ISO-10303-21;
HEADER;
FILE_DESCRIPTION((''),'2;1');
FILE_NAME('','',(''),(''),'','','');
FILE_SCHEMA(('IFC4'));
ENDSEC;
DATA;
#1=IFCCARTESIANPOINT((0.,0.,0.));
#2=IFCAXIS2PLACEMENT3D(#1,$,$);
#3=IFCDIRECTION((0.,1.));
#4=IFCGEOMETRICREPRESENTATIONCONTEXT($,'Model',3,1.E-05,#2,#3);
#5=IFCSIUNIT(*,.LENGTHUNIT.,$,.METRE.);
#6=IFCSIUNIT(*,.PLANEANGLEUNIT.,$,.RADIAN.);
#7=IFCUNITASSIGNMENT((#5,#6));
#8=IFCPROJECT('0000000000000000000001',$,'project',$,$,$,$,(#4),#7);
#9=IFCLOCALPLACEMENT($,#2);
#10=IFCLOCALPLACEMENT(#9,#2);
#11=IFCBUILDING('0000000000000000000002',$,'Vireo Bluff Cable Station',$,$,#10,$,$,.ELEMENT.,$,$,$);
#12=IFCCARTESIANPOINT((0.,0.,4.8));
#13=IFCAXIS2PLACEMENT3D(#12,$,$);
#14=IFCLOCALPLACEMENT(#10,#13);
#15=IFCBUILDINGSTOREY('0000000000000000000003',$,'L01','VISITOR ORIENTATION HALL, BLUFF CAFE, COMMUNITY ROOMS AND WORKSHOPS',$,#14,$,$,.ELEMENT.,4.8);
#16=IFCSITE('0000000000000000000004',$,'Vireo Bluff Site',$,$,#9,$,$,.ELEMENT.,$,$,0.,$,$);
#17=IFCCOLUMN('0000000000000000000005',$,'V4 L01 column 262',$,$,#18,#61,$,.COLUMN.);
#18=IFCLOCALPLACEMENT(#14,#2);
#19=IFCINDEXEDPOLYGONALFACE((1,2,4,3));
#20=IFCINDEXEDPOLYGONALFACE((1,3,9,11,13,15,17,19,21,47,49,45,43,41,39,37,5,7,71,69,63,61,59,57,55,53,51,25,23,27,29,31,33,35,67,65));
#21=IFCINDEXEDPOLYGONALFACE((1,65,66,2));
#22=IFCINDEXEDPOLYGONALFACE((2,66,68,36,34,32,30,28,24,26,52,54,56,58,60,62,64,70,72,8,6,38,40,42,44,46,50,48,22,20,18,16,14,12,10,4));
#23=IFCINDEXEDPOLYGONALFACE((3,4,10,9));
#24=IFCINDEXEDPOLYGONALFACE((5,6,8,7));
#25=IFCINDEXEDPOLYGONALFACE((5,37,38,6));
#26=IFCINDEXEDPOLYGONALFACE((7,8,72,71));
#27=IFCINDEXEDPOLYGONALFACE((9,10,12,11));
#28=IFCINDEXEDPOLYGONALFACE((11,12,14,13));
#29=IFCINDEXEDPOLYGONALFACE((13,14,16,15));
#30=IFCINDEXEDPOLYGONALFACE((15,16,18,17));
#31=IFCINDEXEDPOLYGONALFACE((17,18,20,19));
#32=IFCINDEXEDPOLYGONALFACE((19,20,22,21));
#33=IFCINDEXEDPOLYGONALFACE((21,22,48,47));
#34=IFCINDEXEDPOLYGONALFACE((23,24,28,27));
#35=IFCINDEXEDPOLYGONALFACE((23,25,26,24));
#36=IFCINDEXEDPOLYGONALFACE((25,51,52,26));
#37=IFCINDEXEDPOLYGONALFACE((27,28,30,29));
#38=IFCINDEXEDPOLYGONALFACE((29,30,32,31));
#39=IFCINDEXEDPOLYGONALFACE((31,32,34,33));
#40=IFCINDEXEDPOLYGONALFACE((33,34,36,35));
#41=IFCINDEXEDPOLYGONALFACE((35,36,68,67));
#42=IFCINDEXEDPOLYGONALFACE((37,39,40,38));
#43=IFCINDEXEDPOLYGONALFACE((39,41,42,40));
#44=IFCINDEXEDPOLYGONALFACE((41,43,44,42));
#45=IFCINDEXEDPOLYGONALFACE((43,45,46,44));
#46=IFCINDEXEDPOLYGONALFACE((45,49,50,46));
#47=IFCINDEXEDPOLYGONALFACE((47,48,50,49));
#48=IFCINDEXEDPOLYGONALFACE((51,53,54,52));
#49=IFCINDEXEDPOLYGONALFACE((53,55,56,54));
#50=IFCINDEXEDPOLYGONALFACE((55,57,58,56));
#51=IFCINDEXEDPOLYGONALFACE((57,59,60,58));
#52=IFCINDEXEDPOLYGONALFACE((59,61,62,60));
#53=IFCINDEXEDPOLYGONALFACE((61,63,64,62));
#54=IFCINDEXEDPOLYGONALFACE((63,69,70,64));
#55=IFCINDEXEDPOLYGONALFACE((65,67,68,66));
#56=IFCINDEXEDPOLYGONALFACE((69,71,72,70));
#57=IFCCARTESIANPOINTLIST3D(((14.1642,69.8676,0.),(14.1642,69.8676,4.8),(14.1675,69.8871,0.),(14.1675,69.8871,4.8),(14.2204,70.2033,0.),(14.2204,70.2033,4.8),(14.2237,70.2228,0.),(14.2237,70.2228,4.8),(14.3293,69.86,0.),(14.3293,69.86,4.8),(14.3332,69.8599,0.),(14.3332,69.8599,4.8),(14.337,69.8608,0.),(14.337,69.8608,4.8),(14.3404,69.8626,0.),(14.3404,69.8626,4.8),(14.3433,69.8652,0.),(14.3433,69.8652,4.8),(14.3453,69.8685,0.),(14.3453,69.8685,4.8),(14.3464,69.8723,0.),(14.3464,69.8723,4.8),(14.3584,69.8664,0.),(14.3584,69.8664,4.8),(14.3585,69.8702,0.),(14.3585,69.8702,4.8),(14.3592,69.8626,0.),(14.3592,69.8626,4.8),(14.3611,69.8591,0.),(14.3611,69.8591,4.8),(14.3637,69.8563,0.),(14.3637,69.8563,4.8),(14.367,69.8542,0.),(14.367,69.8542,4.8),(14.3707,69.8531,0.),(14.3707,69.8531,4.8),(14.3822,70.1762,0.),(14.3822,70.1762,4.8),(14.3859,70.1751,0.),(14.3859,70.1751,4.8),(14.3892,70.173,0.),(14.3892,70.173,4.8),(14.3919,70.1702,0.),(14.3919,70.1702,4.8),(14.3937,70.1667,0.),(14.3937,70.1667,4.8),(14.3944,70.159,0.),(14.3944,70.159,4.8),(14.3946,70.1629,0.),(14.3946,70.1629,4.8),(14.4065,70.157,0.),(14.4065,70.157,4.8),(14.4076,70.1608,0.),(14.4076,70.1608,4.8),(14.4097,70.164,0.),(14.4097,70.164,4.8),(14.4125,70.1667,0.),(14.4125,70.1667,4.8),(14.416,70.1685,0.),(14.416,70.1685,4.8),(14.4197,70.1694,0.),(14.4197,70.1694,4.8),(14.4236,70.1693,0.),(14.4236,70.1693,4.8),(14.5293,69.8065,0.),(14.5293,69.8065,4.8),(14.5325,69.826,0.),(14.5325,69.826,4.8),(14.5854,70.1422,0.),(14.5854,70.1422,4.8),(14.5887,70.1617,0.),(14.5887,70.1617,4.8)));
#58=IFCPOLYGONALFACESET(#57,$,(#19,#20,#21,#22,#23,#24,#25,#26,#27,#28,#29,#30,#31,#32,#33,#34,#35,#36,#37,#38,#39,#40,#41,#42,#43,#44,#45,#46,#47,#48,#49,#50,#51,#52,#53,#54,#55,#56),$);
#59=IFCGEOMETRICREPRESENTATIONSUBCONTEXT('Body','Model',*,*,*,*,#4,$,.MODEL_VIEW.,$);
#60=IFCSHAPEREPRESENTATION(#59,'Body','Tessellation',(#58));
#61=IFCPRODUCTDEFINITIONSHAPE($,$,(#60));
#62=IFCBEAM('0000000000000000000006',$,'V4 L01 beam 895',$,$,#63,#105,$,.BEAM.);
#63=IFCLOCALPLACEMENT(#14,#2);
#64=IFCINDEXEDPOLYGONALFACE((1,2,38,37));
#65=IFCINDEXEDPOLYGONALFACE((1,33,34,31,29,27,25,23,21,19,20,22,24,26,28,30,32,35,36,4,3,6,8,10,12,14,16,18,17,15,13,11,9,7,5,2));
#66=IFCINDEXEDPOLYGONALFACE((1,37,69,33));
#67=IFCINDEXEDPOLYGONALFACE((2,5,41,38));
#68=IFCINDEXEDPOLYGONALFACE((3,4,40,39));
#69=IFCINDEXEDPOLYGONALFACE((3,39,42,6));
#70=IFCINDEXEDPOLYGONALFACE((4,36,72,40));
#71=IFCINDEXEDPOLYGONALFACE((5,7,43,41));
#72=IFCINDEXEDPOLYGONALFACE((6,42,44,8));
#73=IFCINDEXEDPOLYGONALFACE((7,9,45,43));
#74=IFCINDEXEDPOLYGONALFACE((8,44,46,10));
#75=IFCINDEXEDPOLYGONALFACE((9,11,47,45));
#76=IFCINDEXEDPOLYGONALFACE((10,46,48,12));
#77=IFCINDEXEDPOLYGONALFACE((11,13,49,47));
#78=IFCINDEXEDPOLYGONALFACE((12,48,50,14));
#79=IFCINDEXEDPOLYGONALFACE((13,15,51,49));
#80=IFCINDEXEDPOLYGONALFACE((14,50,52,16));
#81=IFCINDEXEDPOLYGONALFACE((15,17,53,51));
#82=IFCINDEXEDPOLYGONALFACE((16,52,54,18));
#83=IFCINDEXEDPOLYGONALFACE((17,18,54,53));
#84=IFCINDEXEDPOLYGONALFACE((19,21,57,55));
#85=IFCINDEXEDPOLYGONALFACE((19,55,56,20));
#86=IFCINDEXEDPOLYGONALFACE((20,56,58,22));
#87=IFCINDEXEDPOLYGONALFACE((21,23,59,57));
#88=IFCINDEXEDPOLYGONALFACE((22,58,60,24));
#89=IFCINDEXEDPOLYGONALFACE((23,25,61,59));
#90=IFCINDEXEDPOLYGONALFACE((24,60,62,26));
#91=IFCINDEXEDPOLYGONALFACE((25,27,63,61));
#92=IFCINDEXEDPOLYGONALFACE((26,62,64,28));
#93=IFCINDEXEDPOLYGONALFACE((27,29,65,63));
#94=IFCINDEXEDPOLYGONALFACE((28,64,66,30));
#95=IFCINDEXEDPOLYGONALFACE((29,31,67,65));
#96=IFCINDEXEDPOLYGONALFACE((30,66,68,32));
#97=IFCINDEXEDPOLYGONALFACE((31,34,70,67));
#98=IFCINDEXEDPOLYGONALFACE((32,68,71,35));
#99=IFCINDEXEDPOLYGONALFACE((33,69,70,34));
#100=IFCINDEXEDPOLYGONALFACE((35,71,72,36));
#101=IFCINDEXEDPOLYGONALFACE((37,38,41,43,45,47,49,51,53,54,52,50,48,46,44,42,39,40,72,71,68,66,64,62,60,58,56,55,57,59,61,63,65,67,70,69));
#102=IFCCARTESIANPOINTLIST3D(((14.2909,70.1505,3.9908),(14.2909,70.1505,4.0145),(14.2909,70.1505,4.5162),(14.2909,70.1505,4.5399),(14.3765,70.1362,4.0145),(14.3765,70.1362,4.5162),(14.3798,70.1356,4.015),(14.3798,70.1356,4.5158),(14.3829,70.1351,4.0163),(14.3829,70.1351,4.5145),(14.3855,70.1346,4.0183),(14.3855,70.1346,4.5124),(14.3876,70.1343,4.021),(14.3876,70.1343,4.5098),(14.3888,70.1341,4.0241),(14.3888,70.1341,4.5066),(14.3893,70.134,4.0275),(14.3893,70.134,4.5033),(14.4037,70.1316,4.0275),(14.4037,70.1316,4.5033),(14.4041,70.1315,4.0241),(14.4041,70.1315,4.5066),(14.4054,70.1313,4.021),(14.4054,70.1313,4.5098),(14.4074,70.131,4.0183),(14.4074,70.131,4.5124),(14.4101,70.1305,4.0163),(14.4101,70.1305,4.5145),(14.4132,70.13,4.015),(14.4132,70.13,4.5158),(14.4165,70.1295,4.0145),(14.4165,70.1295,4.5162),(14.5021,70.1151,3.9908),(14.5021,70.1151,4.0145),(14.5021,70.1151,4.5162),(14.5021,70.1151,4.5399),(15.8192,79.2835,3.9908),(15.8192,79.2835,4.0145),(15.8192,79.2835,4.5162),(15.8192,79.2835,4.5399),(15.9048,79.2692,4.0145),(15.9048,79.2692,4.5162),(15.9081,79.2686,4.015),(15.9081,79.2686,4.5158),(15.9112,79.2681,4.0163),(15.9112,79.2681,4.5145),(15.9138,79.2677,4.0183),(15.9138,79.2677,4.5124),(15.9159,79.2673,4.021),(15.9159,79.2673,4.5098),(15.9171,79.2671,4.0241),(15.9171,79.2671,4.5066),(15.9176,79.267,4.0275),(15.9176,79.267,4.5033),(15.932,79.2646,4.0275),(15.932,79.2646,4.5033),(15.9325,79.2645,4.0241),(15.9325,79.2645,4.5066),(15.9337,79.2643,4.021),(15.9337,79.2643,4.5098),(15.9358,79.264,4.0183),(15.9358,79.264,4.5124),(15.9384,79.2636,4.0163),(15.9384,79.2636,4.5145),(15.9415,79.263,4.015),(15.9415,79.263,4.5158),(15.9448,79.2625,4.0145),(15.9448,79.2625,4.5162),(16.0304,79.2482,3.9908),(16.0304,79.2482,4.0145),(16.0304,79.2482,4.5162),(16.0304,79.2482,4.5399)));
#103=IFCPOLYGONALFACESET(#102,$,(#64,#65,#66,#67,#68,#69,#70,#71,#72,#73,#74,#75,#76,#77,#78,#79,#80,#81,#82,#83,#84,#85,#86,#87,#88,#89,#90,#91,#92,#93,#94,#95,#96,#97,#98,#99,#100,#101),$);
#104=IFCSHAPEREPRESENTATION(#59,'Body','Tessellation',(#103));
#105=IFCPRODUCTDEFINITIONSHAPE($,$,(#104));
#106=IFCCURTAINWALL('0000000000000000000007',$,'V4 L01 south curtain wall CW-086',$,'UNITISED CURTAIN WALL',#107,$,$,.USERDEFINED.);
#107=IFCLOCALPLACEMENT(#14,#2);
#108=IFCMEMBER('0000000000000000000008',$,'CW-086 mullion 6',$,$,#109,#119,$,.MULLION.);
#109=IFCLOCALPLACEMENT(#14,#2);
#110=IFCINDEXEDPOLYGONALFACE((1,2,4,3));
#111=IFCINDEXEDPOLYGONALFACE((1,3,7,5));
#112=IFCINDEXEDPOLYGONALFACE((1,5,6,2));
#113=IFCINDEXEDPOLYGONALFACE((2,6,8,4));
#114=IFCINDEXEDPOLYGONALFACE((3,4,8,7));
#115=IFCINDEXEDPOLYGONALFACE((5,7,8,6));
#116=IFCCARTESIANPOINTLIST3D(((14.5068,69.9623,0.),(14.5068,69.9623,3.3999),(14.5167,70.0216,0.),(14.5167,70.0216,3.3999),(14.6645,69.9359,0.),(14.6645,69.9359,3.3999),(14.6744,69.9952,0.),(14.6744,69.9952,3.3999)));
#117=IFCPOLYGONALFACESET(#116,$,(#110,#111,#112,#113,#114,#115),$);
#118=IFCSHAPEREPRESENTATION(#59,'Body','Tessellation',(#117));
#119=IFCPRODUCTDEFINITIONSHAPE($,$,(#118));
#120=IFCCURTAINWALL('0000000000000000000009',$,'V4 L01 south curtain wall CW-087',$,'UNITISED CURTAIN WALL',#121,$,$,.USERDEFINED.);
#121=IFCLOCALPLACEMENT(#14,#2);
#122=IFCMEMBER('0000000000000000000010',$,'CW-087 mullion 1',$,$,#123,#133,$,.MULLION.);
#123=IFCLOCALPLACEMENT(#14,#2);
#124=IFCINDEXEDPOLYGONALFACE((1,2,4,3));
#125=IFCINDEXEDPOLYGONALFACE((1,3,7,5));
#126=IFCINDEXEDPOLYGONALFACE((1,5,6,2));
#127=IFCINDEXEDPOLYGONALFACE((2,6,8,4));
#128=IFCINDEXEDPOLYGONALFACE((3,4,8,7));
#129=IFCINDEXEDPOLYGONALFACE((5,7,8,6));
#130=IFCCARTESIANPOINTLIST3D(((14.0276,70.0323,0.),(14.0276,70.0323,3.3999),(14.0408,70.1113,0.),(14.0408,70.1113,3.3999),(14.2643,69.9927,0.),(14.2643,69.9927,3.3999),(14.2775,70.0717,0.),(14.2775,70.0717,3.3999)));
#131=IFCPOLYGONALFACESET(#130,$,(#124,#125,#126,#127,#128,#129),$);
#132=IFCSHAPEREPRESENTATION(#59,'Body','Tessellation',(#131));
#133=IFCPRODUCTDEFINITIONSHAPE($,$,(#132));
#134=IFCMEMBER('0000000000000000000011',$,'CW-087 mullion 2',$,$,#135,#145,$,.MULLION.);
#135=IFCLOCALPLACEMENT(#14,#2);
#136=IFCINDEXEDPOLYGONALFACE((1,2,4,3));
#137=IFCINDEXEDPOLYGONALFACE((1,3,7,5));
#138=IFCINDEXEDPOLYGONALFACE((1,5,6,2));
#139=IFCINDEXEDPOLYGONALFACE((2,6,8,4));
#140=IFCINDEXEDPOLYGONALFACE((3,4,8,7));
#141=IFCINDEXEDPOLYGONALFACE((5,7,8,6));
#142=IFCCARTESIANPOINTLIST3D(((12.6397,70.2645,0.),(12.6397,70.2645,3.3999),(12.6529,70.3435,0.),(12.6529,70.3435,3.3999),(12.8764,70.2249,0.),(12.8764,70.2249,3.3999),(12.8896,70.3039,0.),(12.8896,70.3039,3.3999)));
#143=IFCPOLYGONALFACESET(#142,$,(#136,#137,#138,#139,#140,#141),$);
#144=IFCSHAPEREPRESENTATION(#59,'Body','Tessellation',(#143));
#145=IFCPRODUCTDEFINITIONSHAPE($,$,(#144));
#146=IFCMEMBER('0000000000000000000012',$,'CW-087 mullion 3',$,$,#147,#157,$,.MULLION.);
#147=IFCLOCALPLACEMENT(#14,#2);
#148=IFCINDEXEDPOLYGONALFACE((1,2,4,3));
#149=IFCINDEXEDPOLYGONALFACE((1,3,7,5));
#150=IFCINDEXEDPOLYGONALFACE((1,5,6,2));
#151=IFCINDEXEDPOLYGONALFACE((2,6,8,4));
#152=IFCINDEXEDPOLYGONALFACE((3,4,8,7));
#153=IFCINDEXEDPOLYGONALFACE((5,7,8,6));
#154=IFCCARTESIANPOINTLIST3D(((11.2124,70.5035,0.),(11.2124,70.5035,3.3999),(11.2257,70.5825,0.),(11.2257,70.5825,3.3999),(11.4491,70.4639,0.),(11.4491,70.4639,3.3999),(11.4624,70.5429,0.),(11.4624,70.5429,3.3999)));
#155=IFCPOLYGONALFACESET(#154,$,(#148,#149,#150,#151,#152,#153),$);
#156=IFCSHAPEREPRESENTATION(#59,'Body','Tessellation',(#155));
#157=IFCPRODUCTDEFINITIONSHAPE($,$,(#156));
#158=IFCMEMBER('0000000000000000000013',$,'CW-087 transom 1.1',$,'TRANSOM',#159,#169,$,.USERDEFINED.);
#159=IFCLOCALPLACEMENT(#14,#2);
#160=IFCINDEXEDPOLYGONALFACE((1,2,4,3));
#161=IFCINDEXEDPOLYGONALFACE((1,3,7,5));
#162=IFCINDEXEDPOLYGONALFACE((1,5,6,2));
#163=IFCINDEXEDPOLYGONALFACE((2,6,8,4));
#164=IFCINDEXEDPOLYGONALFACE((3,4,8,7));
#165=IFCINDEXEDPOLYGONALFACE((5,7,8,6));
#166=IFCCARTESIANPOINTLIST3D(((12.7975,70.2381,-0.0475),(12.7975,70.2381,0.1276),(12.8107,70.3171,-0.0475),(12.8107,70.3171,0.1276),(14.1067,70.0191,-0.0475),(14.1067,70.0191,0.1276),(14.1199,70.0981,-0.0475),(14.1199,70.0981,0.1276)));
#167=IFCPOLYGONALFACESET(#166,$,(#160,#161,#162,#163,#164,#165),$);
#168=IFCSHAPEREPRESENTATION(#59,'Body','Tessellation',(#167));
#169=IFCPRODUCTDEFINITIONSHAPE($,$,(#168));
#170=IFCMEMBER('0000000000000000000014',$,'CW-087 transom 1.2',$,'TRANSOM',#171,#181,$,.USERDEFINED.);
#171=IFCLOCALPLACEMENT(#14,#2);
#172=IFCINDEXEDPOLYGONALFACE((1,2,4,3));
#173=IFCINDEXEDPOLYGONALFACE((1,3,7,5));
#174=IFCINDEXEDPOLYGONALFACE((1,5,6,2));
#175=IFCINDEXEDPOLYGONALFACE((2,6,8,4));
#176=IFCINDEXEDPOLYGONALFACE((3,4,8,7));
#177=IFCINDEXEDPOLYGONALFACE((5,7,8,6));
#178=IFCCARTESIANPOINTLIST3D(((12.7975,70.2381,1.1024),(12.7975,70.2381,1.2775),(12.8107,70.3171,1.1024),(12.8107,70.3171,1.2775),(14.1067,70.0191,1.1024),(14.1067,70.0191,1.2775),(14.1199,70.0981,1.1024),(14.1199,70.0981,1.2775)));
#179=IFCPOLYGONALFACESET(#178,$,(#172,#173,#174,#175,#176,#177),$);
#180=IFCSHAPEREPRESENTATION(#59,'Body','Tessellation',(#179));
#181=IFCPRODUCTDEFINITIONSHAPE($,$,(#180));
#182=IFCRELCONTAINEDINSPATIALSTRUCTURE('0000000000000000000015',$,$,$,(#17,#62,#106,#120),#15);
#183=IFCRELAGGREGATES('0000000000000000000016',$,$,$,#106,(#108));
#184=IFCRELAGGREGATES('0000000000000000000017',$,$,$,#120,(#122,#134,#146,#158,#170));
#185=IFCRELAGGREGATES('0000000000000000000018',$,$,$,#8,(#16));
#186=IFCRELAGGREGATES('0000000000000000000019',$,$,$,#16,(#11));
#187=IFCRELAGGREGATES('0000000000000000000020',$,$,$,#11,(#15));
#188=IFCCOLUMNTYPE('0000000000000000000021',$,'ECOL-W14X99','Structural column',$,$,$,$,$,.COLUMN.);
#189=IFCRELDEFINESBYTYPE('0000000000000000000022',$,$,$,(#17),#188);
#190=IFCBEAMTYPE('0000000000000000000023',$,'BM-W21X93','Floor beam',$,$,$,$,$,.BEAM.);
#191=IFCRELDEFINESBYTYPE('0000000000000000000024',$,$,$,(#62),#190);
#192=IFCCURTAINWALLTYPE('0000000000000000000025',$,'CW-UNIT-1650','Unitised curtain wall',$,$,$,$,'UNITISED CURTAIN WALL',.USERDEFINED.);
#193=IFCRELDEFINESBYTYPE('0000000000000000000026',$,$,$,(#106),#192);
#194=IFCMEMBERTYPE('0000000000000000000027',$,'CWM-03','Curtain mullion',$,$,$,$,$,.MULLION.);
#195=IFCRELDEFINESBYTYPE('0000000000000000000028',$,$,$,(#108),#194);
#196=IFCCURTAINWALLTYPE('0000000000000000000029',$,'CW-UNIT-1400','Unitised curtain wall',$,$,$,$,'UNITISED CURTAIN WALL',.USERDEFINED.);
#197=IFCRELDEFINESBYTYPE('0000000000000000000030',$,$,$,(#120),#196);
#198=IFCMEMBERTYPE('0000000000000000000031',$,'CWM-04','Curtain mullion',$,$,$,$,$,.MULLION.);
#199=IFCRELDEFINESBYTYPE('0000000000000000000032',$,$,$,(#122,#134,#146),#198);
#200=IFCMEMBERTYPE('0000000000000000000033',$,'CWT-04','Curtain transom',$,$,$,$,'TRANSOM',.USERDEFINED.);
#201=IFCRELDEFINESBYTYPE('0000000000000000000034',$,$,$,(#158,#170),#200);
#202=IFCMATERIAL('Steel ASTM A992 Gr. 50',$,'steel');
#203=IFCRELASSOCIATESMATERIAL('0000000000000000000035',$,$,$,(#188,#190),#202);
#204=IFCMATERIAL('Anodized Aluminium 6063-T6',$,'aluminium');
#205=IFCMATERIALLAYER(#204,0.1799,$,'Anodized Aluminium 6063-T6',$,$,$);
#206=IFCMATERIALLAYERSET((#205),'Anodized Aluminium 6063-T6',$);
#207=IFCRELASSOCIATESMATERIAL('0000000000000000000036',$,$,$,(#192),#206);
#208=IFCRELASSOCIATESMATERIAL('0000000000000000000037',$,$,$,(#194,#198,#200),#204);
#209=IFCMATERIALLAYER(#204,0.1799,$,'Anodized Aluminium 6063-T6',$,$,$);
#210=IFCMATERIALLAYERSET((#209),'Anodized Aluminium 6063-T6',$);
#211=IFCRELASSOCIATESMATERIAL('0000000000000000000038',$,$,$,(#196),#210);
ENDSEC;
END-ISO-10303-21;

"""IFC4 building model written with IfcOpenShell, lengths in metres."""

from ifc_helpers import new_model, si_unit, direction, frame, origin, origin_2d, place, context, subcontext, project, spatial, rectangle, i_section, extrude, material, layer, layer_set, material_profile, profile_set, type_object, element, aggregate, save


model = new_model("IFC4")

# Units and contexts
model_context = context("Model", 3, precision=1e-05, world=origin(), true_north=direction((0.0, 1.0)))
body_context = subcontext(model_context, "Body", "Model", "MODEL_VIEW")
ifc_project = project(units=[si_unit("LENGTHUNIT", "METRE"), si_unit("PLANEANGLEUNIT", "RADIAN")], contexts=[model_context])

# Site, building, storey
site_placement = place(None, origin())
site = spatial("IfcSite", under=ifc_project, at=site_placement, Name="Vireo Bluff Site", CompositionType="ELEMENT", RefElevation=0.0)
building_placement = place(site_placement, origin())
building = spatial("IfcBuilding", under=site, at=building_placement, Name="Vireo Bluff Cable Station", CompositionType="ELEMENT")
storey_placement = place(building_placement, frame((0.0, 0.0, 4.8)))
storey = spatial("IfcBuildingStorey", under=building, at=storey_placement, Name="L01", Description="VISITOR ORIENTATION HALL, BLUFF CAFE, COMMUNITY ROOMS AND WORKSHOPS", CompositionType="ELEMENT", Elevation=4.8)

# Column
ifc_material_1 = material(Name="Steel ASTM A992 Gr. 50", Category="steel")
ifc_material_profile_1 = material_profile(ifc_material_1, i_section(OverallWidth=0.3701, OverallDepth=0.3601, WebThickness=0.0122, FlangeThickness=0.0198, FilletRadius=0.0149, at=origin_2d()), Name="W14X99")
ifc_profile_set_1 = profile_set([ifc_material_profile_1], Name="Steel ASTM A992 Gr. 50")
column_type = type_object("IfcColumnType", Name="ECOL-W14X99", Description="Structural column", PredefinedType="COLUMN", material=ifc_profile_set_1)
column_placement = place(storey_placement, frame((14.3765, 70.0146, 0.0), z_axis=(0.0, 0.0, 1.0), x_axis=(0.986286, -0.165048, 0.0)))
element("IfcColumn", 1, at=column_placement, inside=storey, type_object=column_type, Name="V4 L01 column 262", PredefinedType="COLUMN", context=body_context, shape_type="SweptSolid", body=[
    extrude(i_section(OverallWidth=0.3701, OverallDepth=0.3601, WebThickness=0.0122, FlangeThickness=0.0198, FilletRadius=0.0149, at=origin_2d()), origin(), (0.0, 0.0, 1.0), 4.8),
])

# Beam
ifc_material_profile_2 = material_profile(ifc_material_1, i_section(OverallWidth=0.2141, OverallDepth=0.5491, WebThickness=0.0146, FlangeThickness=0.0237, FilletRadius=0.0129, at=origin_2d()), Name="W21X93")
ifc_profile_set_2 = profile_set([ifc_material_profile_2], Name="Steel ASTM A992 Gr. 50")
beam_type_1 = type_object("IfcBeamType", Name="BM-W21X93", Description="Floor beam", PredefinedType="BEAM", material=ifc_profile_set_2)
beam_1_placement = place(storey_placement, frame((14.3965, 70.1328, 4.2654), z_axis=(0.165045, 0.986286, 0.0), x_axis=(-0.986286, 0.165045, 0.0)))
element("IfcBeam", 2, at=beam_1_placement, inside=storey, type_object=beam_type_1, Name="V4 L01 beam 895", PredefinedType="BEAM", context=body_context, shape_type="SweptSolid", body=[
    extrude(i_section(OverallWidth=0.2141, OverallDepth=0.5491, WebThickness=0.0146, FlangeThickness=0.0237, FilletRadius=0.0129, at=origin_2d()), origin(), (0.0, 0.0, 1.0), 9.26),
])

# Curtain wall, member
ifc_material_2 = material(Name="Anodized Aluminium 6063-T6", Category="aluminium")
ifc_layer_1 = layer(ifc_material_2, 0.1799, Name="Anodized Aluminium 6063-T6")
ifc_layer_set_1 = layer_set([ifc_layer_1], Name="Anodized Aluminium 6063-T6")
curtain_wall_type_1 = type_object("IfcCurtainWallType", Name="CW-UNIT-1650", Description="Unitised curtain wall", ElementType="UNITISED CURTAIN WALL", PredefinedType="USERDEFINED", material=ifc_layer_set_1)
curtain_wall_1_placement = place(storey_placement, origin())
curtain_wall_1 = element("IfcCurtainWall", 3, at=curtain_wall_1_placement, inside=storey, type_object=curtain_wall_type_1, Name="V4 L01 south curtain wall CW-086", ObjectType="UNITISED CURTAIN WALL", PredefinedType="USERDEFINED")
ifc_material_profile_3 = material_profile(ifc_material_2, rectangle(XDim=0.0601, YDim=0.1599, at=origin_2d()), Name="ALU-M-60X160")
ifc_profile_set_3 = profile_set([ifc_material_profile_3], Name="Anodized Aluminium 6063-T6")
member_type_1 = type_object("IfcMemberType", Name="CWM-03", Description="Curtain mullion", PredefinedType="MULLION", material=ifc_profile_set_3)
member_1_placement = place(storey_placement, frame((14.5906, 69.9788, 0.0), z_axis=(0.0, 0.0, 1.0), x_axis=(-0.165048, -0.986286, 0.0)))
member_1 = element("IfcMember", 4, at=member_1_placement, type_object=member_type_1, Name="CW-086 mullion 6", PredefinedType="MULLION", context=body_context, shape_type="SweptSolid", body=[
    extrude(rectangle(XDim=0.0601, YDim=0.1599, at=origin_2d()), origin(), (0.0, 0.0, 1.0), 3.3999),
])
aggregate(curtain_wall_1, [member_1])

# Curtain wall, members
ifc_layer_2 = layer(ifc_material_2, 0.1799, Name="Anodized Aluminium 6063-T6")
ifc_layer_set_2 = layer_set([ifc_layer_2], Name="Anodized Aluminium 6063-T6")
curtain_wall_type_2 = type_object("IfcCurtainWallType", Name="CW-UNIT-1400", Description="Unitised curtain wall", ElementType="UNITISED CURTAIN WALL", PredefinedType="USERDEFINED", material=ifc_layer_set_2)
curtain_wall_2_placement = place(storey_placement, origin())
curtain_wall_2 = element("IfcCurtainWall", 5, at=curtain_wall_2_placement, inside=storey, type_object=curtain_wall_type_2, Name="V4 L01 south curtain wall CW-087", ObjectType="UNITISED CURTAIN WALL", PredefinedType="USERDEFINED")
ifc_material_profile_4 = material_profile(ifc_material_2, rectangle(XDim=0.0801, YDim=0.24, at=origin_2d()), Name="ALU-M-80X240")
ifc_profile_set_4 = profile_set([ifc_material_profile_4], Name="Anodized Aluminium 6063-T6")
member_type_2 = type_object("IfcMemberType", Name="CWM-04", Description="Curtain mullion", PredefinedType="MULLION", material=ifc_profile_set_4)
member_2_placement = place(storey_placement, frame((14.1526, 70.052, 0.0), z_axis=(0.0, 0.0, 1.0), x_axis=(-0.165048, -0.986286, 0.0)))
member_2 = element("IfcMember", 6, at=member_2_placement, type_object=member_type_2, Name="CW-087 mullion 1", PredefinedType="MULLION", context=body_context, shape_type="SweptSolid", body=[
    extrude(rectangle(XDim=0.0801, YDim=0.24, at=origin_2d()), origin(), (0.0, 0.0, 1.0), 3.3999),
])
member_3_placement = place(storey_placement, frame((12.7646, 70.2842, 0.0), z_axis=(0.0, 0.0, 1.0), x_axis=(-0.165048, -0.986286, 0.0)))
member_3 = element("IfcMember", 7, at=member_3_placement, type_object=member_type_2, Name="CW-087 mullion 2", PredefinedType="MULLION", context=body_context, shape_type="SweptSolid", body=[
    extrude(rectangle(XDim=0.0801, YDim=0.24, at=origin_2d()), origin(), (0.0, 0.0, 1.0), 3.3999),
])
member_4_placement = place(storey_placement, frame((11.3374, 70.5232, 0.0), z_axis=(0.0, 0.0, 1.0), x_axis=(-0.165048, -0.986286, 0.0)))
member_4 = element("IfcMember", 8, at=member_4_placement, type_object=member_type_2, Name="CW-087 mullion 3", PredefinedType="MULLION", context=body_context, shape_type="SweptSolid", body=[
    extrude(rectangle(XDim=0.0801, YDim=0.24, at=origin_2d()), origin(), (0.0, 0.0, 1.0), 3.3999),
])
ifc_material_profile_5 = material_profile(ifc_material_2, rectangle(XDim=0.0801, YDim=0.175, at=origin_2d()), Name="ALU-T-80X175")
ifc_profile_set_5 = profile_set([ifc_material_profile_5], Name="Anodized Aluminium 6063-T6")
member_type_3 = type_object("IfcMemberType", Name="CWT-04", Description="Curtain transom", ElementType="TRANSOM", PredefinedType="USERDEFINED", material=ifc_profile_set_5)
member_5_placement = place(storey_placement, frame((14.1133, 70.0586, 0.04), z_axis=(-0.986294, 0.164996, 0.0), x_axis=(-0.164996, -0.986294, 0.0)))
member_5 = element("IfcMember", 9, at=member_5_placement, type_object=member_type_3, Name="CW-087 transom 1.1", ObjectType="TRANSOM", PredefinedType="USERDEFINED", context=body_context, shape_type="SweptSolid", body=[
    extrude(rectangle(XDim=0.0801, YDim=0.175, at=origin_2d()), origin(), (0.0, 0.0, 1.0), 1.3274),
])
member_6_placement = place(storey_placement, frame((14.1133, 70.0586, 1.1899), z_axis=(-0.986294, 0.164996, 0.0), x_axis=(-0.164996, -0.986294, 0.0)))
member_6 = element("IfcMember", 10, at=member_6_placement, type_object=member_type_3, Name="CW-087 transom 1.2", ObjectType="TRANSOM", PredefinedType="USERDEFINED", context=body_context, shape_type="SweptSolid", body=[
    extrude(rectangle(XDim=0.0801, YDim=0.175, at=origin_2d()), origin(), (0.0, 0.0, 1.0), 1.3274),
])

aggregate(curtain_wall_2, [member_2, member_3, member_4, member_5, member_6])

save(model, "model.ifc")
